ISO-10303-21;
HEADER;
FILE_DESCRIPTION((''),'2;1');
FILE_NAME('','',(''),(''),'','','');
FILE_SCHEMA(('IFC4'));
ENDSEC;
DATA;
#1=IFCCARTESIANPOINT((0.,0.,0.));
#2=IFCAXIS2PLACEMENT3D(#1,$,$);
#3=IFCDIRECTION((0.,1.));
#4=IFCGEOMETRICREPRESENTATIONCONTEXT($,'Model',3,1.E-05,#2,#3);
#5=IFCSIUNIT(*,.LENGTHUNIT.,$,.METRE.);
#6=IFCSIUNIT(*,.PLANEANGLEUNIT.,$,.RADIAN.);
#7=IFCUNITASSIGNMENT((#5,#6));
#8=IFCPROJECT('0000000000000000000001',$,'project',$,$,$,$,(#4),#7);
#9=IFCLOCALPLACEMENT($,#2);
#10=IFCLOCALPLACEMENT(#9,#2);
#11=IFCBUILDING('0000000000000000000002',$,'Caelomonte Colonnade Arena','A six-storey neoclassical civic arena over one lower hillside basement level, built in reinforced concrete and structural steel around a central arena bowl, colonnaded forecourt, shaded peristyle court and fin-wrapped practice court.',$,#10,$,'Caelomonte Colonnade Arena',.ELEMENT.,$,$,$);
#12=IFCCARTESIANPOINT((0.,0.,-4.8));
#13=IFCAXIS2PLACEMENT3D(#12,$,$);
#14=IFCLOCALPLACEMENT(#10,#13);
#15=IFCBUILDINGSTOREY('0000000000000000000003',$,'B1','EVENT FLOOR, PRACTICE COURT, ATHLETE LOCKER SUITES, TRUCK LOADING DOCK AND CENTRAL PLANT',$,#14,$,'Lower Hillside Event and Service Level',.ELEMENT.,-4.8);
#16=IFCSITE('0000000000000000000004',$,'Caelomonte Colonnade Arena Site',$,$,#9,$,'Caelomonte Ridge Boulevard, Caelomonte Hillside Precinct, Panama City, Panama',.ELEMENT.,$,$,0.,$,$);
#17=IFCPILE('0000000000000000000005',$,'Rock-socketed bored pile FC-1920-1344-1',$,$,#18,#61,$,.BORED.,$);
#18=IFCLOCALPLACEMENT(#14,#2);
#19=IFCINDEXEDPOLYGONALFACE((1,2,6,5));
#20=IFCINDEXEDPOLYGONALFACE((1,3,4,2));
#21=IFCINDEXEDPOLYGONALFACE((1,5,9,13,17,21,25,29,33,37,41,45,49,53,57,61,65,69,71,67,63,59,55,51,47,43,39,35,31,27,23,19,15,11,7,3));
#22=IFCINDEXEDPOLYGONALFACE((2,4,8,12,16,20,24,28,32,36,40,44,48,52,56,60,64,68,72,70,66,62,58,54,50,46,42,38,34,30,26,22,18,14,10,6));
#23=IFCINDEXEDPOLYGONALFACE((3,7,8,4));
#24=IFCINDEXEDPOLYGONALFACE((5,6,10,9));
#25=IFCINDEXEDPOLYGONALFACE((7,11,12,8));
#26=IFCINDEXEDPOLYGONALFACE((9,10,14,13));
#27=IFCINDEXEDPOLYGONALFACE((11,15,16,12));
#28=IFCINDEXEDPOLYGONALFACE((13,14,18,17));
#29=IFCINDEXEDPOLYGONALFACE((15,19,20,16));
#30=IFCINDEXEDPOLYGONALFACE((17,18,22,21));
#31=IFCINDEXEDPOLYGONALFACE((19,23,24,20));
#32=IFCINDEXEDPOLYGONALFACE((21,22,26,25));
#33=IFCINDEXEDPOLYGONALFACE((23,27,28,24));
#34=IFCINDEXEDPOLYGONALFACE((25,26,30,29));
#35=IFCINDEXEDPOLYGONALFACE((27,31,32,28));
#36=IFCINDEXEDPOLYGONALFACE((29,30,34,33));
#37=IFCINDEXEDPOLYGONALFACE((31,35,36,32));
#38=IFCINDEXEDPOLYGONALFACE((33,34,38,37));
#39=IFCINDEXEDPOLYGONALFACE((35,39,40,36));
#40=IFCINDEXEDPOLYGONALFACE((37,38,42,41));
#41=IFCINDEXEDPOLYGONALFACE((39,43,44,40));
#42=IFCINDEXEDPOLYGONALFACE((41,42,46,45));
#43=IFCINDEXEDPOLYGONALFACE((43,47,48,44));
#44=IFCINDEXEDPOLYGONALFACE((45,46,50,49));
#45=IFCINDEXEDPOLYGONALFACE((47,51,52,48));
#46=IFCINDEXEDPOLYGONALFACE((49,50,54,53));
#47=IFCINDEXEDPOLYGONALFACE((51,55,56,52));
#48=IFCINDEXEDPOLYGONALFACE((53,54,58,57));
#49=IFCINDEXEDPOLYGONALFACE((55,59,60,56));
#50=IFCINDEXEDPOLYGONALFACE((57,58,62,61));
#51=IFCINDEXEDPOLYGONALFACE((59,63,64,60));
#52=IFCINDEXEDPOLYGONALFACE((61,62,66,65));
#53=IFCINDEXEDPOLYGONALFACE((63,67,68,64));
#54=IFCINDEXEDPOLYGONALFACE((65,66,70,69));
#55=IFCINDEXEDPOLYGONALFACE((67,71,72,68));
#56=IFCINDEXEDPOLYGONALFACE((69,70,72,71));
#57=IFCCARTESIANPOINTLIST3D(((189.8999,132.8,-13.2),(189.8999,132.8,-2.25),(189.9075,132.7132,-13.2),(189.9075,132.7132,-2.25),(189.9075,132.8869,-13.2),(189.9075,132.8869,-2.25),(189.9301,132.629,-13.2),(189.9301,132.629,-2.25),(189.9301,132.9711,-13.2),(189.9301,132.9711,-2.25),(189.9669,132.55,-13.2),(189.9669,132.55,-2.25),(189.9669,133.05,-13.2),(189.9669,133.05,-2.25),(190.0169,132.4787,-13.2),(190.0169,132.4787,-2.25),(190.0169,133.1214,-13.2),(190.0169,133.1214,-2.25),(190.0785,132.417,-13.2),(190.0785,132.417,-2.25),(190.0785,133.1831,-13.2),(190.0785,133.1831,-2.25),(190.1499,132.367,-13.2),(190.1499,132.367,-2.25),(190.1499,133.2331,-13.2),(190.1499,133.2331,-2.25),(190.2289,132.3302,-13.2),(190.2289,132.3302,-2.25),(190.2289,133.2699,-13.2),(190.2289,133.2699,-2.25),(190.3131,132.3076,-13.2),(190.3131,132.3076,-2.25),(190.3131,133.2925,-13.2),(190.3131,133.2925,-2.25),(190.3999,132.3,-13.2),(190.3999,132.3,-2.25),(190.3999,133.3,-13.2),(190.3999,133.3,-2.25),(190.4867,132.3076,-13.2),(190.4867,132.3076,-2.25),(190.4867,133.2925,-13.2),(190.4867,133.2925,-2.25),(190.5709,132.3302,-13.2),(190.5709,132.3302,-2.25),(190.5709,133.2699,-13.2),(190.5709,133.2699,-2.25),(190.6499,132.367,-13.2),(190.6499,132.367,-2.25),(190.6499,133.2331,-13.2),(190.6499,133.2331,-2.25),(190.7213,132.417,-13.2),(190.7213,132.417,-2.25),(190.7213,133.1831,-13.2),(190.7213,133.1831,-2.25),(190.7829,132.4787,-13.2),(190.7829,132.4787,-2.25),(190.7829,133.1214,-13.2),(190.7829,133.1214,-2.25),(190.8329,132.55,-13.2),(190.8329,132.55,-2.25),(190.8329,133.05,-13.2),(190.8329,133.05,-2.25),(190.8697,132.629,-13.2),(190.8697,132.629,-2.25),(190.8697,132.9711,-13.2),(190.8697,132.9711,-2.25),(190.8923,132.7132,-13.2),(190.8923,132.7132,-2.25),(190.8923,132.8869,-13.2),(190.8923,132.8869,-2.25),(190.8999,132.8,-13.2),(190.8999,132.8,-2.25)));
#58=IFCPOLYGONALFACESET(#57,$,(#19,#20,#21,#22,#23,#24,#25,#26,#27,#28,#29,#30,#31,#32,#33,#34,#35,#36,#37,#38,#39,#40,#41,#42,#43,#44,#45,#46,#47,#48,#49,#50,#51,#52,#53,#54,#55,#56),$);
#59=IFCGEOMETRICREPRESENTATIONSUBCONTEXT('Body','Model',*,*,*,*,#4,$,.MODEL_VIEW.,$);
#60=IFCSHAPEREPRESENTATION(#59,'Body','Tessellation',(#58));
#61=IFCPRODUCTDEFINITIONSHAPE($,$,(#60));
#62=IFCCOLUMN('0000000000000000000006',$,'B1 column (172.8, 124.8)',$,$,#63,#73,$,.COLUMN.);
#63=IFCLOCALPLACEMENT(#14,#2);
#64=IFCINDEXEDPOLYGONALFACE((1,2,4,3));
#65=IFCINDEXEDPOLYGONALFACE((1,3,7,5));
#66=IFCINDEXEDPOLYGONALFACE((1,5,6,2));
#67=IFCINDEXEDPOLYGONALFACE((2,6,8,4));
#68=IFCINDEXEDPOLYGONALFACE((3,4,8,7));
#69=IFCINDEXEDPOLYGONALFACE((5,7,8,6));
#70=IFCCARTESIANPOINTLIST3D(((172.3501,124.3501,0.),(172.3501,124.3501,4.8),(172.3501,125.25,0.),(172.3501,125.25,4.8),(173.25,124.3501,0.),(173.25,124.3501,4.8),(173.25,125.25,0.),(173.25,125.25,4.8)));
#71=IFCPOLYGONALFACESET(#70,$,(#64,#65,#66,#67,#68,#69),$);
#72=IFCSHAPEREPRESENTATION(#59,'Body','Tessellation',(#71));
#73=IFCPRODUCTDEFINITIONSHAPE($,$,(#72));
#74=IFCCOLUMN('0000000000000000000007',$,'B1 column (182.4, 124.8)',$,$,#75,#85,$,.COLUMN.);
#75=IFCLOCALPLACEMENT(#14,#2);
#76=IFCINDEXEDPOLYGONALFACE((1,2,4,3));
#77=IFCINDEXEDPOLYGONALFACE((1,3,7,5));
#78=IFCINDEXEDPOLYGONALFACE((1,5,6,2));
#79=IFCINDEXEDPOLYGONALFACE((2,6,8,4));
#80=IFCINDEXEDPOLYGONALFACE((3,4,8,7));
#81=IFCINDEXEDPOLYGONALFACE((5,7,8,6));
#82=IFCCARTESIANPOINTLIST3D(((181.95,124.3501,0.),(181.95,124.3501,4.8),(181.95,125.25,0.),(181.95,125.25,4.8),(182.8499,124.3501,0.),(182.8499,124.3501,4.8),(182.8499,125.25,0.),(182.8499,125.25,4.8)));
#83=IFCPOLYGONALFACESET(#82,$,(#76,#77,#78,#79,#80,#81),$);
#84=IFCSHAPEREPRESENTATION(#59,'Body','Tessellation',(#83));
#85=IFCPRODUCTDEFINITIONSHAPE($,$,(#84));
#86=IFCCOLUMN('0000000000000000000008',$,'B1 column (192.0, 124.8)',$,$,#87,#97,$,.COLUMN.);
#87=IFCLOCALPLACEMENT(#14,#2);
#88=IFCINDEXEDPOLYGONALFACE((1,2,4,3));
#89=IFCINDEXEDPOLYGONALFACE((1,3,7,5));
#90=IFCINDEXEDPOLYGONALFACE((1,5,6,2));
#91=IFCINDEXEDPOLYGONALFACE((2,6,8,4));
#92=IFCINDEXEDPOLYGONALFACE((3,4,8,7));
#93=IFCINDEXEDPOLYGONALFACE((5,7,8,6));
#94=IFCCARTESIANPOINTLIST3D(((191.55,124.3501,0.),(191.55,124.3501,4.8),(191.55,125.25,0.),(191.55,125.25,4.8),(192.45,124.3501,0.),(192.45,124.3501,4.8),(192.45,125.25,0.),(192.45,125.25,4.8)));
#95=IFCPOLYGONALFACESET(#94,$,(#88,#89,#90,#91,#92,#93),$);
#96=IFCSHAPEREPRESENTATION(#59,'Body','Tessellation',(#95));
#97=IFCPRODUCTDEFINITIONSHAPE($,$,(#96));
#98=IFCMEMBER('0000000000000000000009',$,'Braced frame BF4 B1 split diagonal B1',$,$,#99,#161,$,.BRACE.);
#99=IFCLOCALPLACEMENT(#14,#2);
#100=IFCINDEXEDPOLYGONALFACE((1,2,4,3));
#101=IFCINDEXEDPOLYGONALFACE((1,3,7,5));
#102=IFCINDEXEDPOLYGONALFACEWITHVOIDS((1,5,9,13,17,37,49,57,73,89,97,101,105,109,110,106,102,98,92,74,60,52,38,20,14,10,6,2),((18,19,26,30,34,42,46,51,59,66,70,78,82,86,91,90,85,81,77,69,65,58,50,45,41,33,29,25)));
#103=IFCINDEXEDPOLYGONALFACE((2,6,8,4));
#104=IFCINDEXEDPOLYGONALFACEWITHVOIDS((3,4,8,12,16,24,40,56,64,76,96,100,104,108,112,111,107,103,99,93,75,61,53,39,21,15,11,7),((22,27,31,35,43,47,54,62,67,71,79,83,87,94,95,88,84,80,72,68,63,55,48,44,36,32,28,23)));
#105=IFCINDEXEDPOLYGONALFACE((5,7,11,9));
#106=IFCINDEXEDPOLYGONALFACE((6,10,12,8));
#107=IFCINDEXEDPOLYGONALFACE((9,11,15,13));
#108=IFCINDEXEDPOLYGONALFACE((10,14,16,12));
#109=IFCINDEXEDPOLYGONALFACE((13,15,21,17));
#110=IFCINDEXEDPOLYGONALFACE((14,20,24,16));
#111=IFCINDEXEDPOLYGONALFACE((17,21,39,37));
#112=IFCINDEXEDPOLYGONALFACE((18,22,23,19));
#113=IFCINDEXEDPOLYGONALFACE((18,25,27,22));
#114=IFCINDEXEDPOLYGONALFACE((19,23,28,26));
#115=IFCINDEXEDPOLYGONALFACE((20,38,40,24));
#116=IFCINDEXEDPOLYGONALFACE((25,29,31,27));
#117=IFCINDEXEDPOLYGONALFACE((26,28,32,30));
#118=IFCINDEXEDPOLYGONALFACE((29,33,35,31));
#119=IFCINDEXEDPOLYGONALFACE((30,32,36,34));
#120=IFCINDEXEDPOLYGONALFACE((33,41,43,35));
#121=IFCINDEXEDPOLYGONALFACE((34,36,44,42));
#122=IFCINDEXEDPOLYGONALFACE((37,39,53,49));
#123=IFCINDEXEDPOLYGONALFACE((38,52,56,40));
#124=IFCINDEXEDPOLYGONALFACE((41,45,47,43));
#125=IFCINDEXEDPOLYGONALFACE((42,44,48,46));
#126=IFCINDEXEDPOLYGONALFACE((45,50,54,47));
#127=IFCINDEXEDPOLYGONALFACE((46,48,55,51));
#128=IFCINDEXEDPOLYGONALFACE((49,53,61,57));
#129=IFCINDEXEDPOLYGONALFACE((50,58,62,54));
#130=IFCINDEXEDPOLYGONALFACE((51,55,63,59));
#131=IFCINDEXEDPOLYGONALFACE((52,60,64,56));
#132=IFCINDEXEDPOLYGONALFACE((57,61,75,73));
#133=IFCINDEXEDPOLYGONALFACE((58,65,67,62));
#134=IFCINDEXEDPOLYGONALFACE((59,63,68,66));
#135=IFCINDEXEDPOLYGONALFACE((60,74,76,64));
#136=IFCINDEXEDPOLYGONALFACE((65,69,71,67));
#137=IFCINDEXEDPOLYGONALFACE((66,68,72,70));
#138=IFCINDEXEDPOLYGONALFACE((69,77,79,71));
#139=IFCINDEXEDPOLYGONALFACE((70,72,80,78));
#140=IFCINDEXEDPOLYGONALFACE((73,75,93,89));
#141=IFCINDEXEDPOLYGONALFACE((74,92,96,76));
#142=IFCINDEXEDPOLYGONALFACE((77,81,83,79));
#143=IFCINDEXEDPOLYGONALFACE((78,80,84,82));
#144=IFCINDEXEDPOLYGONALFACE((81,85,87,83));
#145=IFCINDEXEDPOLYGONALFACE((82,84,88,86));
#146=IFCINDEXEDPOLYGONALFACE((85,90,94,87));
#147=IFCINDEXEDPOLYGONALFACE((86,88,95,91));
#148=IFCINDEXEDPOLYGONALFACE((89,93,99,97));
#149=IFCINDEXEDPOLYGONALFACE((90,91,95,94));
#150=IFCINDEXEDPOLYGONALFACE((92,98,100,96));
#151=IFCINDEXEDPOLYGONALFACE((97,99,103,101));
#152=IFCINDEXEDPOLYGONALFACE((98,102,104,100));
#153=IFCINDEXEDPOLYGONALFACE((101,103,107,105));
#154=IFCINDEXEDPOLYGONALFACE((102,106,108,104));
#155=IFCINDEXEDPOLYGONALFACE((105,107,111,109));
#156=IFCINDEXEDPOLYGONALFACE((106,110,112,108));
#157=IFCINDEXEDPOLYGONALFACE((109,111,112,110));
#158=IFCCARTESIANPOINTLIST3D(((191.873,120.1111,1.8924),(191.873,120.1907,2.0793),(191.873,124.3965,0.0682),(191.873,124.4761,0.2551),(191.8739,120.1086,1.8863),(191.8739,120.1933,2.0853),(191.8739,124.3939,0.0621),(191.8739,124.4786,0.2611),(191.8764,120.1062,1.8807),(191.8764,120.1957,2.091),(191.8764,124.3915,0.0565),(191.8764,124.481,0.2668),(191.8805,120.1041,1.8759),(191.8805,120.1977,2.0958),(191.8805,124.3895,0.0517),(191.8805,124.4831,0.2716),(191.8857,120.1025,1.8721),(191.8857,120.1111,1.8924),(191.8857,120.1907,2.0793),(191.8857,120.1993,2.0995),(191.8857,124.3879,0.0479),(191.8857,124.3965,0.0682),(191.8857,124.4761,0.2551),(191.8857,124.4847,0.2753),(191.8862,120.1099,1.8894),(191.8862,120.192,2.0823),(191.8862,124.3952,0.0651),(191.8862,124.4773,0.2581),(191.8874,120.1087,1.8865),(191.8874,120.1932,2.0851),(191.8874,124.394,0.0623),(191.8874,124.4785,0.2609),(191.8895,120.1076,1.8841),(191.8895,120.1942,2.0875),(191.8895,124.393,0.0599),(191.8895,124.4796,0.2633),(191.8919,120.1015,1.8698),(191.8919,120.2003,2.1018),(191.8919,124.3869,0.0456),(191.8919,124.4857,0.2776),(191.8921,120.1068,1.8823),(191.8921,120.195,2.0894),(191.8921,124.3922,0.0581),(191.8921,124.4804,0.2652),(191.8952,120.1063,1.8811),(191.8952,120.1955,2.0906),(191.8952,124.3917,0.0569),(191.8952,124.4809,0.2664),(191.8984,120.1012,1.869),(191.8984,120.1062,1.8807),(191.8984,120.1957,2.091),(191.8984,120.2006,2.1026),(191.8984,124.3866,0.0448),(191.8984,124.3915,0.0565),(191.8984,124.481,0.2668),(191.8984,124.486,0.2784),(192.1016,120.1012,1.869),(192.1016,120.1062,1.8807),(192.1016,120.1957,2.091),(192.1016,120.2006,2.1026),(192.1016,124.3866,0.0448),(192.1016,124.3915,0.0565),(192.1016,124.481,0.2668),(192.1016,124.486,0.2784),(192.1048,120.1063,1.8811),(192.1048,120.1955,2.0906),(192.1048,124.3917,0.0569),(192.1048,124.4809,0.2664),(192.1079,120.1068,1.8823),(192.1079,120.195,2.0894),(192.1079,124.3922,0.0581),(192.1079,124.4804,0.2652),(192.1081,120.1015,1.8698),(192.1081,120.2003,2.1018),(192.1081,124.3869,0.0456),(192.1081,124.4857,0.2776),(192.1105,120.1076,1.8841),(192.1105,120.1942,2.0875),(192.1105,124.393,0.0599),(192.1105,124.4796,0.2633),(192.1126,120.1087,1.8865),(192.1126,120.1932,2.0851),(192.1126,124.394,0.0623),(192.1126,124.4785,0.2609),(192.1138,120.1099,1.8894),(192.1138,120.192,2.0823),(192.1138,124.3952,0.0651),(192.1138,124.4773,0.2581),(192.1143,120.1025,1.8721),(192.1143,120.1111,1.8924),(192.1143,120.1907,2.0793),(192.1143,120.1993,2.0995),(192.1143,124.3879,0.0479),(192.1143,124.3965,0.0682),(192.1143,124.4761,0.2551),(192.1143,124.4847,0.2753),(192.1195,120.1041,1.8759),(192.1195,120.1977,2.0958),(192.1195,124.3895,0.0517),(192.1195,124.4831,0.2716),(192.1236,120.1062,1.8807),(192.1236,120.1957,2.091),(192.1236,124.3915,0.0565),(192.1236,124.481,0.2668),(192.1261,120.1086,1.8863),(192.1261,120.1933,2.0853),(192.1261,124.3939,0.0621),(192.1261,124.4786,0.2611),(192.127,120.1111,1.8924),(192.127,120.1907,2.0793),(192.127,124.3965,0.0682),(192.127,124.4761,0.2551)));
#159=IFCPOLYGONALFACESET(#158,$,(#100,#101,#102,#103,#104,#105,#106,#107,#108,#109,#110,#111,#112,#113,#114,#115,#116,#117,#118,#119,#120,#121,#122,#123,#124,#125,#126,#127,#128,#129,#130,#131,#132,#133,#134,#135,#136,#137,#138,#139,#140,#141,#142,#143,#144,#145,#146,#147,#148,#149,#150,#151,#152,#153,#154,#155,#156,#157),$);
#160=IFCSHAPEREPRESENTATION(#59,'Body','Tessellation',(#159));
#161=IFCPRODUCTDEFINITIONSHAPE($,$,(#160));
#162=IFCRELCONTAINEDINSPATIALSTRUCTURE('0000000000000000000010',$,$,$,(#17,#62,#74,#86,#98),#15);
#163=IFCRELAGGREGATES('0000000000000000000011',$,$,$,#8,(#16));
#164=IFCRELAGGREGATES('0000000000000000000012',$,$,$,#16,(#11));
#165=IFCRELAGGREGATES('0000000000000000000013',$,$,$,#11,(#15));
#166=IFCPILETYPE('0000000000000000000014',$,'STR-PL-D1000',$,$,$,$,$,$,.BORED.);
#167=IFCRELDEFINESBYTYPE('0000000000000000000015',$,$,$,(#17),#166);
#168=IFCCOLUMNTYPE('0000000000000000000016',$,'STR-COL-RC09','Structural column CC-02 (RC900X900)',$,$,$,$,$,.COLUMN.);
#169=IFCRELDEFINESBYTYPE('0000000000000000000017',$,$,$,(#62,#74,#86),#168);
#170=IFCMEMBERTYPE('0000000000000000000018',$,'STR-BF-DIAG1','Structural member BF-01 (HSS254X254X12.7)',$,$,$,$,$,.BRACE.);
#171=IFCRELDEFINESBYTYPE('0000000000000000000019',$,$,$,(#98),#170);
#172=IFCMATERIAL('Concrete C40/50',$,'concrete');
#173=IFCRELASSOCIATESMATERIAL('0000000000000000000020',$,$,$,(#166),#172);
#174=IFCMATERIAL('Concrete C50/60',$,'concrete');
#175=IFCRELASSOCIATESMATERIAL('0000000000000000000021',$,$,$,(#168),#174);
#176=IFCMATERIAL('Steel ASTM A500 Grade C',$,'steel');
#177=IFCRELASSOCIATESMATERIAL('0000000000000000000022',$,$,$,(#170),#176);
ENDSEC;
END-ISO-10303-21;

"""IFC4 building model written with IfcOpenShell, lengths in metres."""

from ifc_helpers import new_model, si_unit, direction, frame, origin, origin_2d, place, context, subcontext, project, spatial, rectangle, hollow_rectangle, circle, extrude, material, material_profile, profile_set, type_object, element, save


model = new_model("IFC4")

# Units and contexts
model_context = context("Model", 3, precision=1e-05, world=origin(), true_north=direction((0.0, 1.0)))
body_context = subcontext(model_context, "Body", "Model", "MODEL_VIEW")
ifc_project = project(units=[si_unit("LENGTHUNIT", "METRE"), si_unit("PLANEANGLEUNIT", "RADIAN")], contexts=[model_context])

# Site, building, storey
site_placement = place(None, origin())
site = spatial("IfcSite", under=ifc_project, at=site_placement, Name="Caelomonte Colonnade Arena Site", LongName="Caelomonte Ridge Boulevard, Caelomonte Hillside Precinct, Panama City, Panama", CompositionType="ELEMENT", RefElevation=0.0)
building_placement = place(site_placement, origin())
building = spatial("IfcBuilding", under=site, at=building_placement, Name="Caelomonte Colonnade Arena", Description="A six-storey neoclassical civic arena over one lower hillside basement level, built in reinforced concrete and structural steel around a central arena bowl, colonnaded forecourt, shaded peristyle court and fin-wrapped practice court.", LongName="Caelomonte Colonnade Arena", CompositionType="ELEMENT")
storey_placement = place(building_placement, frame((0.0, 0.0, -4.8)))
storey = spatial("IfcBuildingStorey", under=building, at=storey_placement, Name="B1", Description="EVENT FLOOR, PRACTICE COURT, ATHLETE LOCKER SUITES, TRUCK LOADING DOCK AND CENTRAL PLANT", LongName="Lower Hillside Event and Service Level", CompositionType="ELEMENT", Elevation=-4.8)

# Shared definitions
ifc_material_1 = material(Name="Concrete C40/50", Category="concrete")

# Pile
ifc_material_profile_1 = material_profile(ifc_material_1, circle(Radius=0.5, at=origin_2d()), Name="PILE-D1000")
ifc_profile_set_1 = profile_set([ifc_material_profile_1], Name="Concrete C40/50")
pile_type = type_object("IfcPileType", Name="STR-PL-D1000", PredefinedType="BORED", material=ifc_profile_set_1)
for number, where, z_axis, x_axis, name in (
    (1, (190.3999, 132.8, -2.25), (0.0, 0.0, -1.0), (1.0, 0.0, 0.0), "Rock-socketed bored pile FC-1920-1344-1"),
):
    element("IfcPile", number, at=place(storey_placement, frame(where, z_axis=z_axis, x_axis=x_axis)), inside=storey, type_object=pile_type, Name=name, PredefinedType="BORED", context=body_context, shape_type="SweptSolid", body=[
        extrude(circle(Radius=0.5, at=origin_2d()), origin(), (0.0, 0.0, 1.0), 10.95),
    ])

# Columns
ifc_material_2 = material(Name="Concrete C50/60", Category="concrete")
ifc_material_profile_2 = material_profile(ifc_material_2, rectangle(XDim=0.8999, YDim=0.8999, at=origin_2d()), Name="RC900X900")
ifc_profile_set_2 = profile_set([ifc_material_profile_2], Name="Concrete C50/60")
column_type = type_object("IfcColumnType", Name="STR-COL-RC09", Description="Structural column CC-02 (RC900X900)", PredefinedType="COLUMN", material=ifc_profile_set_2)
for number, where, z_axis, x_axis, name in (
    (2, (172.8, 124.8, 0.0), (0.0, 0.0, 1.0), (1.0, 0.0, 0.0), "B1 column (172.8, 124.8)"),
    (3, (182.3999, 124.8, 0.0), (0.0, 0.0, 1.0), (1.0, 0.0, 0.0), "B1 column (182.4, 124.8)"),
    (4, (192.0, 124.8, 0.0), (0.0, 0.0, 1.0), (1.0, 0.0, 0.0), "B1 column (192.0, 124.8)"),
):
    element("IfcColumn", number, at=place(storey_placement, frame(where, z_axis=z_axis, x_axis=x_axis)), inside=storey, type_object=column_type, Name=name, PredefinedType="COLUMN", context=body_context, shape_type="SweptSolid", body=[
        extrude(rectangle(XDim=0.8999, YDim=0.8999, at=origin_2d()), origin(), (0.0, 0.0, 1.0), 4.8),
    ])

# Member
ifc_material_3 = material(Name="Steel ASTM A500 Grade C", Category="steel")
ifc_material_profile_3 = material_profile(ifc_material_3, hollow_rectangle(XDim=0.2539, YDim=0.2539, WallThickness=0.0127, InnerFilletRadius=0.0127, OuterFilletRadius=0.0254, at=origin_2d()), Name="HSS254X254X12.7")
ifc_profile_set_3 = profile_set([ifc_material_profile_3], Name="Steel ASTM A500 Grade C")
member_type = type_object("IfcMemberType", Name="STR-BF-DIAG1", Description="Structural member BF-01 (HSS254X254X12.7)", PredefinedType="BRACE", material=ifc_profile_set_3)
for number, where, z_axis, x_axis, name in (
    (5, (192.0, 124.4363, 0.1616), (0.0, -0.920105, 0.391672), (1.0, 0.0, 0.0), "Braced frame BF4 B1 split diagonal B1"),
):
    element("IfcMember", number, at=place(storey_placement, frame(where, z_axis=z_axis, x_axis=x_axis)), inside=storey, type_object=member_type, Name=name, PredefinedType="BRACE", context=body_context, shape_type="SweptSolid", body=[
        extrude(hollow_rectangle(XDim=0.2539, YDim=0.2539, WallThickness=0.0127, InnerFilletRadius=0.0127, OuterFilletRadius=0.0254, at=origin_2d()), origin(), (0.0, 0.0, 1.0), 4.6575),
    ])

save(model, "model.ifc")
